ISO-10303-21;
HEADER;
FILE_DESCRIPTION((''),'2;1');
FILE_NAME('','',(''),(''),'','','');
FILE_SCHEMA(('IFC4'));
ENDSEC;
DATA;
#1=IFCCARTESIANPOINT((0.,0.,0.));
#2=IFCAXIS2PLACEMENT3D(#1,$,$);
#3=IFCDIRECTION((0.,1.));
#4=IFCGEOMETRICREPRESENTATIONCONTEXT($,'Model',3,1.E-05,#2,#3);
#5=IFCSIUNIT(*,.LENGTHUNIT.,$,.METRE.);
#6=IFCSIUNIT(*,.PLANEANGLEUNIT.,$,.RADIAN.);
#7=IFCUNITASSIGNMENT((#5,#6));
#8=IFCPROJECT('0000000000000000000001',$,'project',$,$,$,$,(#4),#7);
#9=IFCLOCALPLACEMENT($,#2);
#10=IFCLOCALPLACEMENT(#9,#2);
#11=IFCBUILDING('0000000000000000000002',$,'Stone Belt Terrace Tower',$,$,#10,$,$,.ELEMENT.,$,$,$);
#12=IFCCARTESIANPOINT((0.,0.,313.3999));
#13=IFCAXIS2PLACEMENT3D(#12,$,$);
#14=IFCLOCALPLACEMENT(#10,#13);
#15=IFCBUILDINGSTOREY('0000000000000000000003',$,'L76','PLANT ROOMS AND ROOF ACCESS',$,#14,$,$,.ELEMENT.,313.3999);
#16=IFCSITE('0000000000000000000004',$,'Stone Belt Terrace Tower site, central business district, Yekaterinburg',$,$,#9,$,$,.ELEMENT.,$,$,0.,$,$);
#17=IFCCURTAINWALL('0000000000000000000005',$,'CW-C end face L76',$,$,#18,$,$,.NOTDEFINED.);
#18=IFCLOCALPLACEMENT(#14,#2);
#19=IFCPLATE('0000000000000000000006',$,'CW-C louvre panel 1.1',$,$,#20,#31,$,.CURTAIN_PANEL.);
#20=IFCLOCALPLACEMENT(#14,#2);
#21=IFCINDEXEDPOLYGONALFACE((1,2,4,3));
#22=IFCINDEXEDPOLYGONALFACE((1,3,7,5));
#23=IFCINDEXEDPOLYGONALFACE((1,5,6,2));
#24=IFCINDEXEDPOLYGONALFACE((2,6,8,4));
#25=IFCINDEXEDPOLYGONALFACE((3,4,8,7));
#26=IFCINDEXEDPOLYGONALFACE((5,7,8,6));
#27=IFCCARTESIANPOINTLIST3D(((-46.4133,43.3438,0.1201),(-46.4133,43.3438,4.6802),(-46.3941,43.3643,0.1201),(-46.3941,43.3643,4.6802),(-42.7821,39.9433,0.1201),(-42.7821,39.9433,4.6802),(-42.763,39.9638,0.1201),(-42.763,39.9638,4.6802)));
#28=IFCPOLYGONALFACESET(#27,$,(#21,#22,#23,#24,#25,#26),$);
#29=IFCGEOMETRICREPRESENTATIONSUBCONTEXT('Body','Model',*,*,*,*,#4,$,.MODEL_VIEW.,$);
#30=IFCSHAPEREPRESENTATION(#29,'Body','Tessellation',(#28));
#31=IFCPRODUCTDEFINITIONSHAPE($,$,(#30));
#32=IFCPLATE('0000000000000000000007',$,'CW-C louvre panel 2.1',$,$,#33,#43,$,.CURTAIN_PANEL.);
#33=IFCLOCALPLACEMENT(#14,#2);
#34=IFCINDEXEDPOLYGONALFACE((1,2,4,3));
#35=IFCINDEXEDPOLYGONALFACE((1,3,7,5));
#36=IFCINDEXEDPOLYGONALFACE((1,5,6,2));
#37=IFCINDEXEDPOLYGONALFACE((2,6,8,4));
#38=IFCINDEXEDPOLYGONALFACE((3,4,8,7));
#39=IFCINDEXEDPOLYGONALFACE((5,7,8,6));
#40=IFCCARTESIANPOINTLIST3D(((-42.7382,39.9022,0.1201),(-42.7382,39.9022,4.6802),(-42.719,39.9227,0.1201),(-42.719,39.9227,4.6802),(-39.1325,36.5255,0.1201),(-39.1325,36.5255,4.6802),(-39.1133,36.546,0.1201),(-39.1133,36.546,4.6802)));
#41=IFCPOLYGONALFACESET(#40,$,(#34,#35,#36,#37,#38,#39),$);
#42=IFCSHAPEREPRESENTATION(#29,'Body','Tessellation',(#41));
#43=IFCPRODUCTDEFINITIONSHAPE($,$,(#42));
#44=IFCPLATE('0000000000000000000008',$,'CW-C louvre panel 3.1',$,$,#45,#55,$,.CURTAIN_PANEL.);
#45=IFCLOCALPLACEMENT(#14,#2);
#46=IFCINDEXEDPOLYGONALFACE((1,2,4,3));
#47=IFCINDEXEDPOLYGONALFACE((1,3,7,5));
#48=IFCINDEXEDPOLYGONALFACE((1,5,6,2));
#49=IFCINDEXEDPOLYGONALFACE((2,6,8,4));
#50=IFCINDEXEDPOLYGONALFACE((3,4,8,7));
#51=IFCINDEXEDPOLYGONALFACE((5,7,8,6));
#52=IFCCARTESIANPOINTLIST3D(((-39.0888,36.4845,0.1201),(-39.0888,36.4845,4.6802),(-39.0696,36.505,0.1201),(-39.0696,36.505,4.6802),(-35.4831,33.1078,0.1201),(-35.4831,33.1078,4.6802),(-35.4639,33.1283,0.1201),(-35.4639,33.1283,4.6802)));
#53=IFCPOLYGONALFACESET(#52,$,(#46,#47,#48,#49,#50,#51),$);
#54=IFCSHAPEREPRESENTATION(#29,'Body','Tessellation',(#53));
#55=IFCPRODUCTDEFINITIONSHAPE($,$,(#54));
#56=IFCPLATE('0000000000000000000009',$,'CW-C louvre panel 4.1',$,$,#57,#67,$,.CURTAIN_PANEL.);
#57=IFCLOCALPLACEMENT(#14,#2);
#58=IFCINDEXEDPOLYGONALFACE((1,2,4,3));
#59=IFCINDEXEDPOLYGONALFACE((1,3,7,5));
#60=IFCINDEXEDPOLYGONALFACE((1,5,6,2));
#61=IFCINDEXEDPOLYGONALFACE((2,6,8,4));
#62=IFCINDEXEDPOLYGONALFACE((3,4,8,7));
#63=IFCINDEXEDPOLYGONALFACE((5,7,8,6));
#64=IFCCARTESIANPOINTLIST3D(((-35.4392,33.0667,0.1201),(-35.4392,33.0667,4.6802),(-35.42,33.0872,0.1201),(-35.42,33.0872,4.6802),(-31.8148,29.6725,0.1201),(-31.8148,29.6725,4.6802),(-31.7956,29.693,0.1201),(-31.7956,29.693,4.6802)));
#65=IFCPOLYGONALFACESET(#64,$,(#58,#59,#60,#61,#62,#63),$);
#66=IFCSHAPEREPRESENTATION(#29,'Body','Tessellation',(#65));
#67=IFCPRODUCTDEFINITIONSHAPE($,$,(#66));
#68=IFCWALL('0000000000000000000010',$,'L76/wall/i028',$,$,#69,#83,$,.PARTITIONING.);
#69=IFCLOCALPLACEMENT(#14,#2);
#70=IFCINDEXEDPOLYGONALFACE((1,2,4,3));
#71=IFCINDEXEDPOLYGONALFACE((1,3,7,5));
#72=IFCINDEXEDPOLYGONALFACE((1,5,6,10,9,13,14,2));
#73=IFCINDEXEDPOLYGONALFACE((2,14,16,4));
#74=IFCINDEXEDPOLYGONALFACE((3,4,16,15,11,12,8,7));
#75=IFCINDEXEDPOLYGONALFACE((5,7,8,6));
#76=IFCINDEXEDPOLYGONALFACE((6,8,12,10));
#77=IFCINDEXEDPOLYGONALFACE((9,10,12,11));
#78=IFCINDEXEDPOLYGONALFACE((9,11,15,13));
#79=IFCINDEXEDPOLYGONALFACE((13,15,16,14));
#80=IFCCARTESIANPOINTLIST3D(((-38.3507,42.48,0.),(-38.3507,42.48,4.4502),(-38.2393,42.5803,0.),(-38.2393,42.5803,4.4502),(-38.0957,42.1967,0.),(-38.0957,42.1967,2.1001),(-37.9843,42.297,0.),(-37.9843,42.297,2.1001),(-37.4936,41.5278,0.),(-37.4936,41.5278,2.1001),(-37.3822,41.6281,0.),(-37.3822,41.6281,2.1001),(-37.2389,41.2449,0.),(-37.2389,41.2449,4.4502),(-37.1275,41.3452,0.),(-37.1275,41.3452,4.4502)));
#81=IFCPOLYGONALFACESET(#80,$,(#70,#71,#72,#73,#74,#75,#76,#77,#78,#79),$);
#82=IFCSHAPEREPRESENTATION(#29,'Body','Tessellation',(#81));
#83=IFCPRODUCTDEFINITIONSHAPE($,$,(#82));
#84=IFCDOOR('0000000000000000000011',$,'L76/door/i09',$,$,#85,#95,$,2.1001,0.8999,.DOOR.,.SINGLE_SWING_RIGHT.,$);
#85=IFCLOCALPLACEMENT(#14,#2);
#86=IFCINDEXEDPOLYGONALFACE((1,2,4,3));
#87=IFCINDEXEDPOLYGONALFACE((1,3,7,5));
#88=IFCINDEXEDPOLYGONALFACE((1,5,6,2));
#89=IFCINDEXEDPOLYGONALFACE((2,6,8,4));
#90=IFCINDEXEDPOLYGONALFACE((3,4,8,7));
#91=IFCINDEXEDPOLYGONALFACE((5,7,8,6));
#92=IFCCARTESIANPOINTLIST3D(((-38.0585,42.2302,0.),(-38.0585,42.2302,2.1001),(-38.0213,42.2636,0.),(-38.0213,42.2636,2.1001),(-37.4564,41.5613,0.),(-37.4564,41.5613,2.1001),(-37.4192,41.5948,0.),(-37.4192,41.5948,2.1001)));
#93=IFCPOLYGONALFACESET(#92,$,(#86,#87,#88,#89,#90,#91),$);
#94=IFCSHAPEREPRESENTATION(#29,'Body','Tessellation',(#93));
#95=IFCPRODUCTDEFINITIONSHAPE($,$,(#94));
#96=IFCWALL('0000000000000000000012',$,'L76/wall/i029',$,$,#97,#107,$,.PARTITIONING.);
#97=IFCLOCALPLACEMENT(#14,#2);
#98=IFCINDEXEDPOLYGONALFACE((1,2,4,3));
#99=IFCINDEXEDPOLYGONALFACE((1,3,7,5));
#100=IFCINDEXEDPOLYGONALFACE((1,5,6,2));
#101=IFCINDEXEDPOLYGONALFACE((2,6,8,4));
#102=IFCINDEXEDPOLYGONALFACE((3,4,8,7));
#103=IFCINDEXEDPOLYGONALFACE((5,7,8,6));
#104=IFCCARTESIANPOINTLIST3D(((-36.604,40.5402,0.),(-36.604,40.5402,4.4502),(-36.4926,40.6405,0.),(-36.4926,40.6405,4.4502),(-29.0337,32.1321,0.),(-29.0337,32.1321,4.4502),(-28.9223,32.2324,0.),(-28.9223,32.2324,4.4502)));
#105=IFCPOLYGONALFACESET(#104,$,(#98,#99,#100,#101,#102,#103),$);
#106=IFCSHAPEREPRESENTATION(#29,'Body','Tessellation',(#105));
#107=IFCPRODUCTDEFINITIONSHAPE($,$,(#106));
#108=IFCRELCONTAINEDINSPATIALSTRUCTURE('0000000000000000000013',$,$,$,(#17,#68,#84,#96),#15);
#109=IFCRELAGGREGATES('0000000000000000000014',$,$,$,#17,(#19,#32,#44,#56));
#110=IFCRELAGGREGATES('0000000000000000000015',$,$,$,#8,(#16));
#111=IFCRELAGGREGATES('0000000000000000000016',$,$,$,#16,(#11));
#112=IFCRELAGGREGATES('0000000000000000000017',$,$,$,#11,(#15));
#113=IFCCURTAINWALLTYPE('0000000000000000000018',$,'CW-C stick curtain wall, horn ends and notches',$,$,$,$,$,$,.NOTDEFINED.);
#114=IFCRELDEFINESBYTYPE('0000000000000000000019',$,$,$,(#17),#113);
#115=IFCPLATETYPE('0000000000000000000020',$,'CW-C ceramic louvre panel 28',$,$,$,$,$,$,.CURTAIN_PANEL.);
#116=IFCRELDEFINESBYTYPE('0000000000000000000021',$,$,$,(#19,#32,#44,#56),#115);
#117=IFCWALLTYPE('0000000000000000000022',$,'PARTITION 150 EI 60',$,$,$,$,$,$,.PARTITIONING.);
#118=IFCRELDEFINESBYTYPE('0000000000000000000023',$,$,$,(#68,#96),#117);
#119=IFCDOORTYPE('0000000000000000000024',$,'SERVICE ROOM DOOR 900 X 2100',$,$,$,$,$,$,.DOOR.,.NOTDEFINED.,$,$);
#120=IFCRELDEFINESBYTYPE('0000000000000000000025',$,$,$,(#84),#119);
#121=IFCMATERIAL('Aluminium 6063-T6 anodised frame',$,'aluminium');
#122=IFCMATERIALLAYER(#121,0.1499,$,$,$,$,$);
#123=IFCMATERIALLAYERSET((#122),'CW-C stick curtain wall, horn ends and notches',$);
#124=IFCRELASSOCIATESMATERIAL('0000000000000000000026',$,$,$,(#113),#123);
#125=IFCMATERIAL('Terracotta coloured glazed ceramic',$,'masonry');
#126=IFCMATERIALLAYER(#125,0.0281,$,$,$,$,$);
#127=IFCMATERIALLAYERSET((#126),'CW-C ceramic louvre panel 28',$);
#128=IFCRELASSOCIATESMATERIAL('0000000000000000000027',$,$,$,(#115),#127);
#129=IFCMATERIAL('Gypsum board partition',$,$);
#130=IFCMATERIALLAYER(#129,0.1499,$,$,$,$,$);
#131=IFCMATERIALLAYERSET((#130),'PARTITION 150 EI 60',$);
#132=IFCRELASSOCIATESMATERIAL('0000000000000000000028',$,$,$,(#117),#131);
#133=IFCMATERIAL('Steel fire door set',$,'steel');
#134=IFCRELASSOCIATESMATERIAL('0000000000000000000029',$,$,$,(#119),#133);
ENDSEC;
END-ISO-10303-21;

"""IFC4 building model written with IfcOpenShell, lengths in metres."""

from ifc_helpers import new_model, si_unit, direction, frame, frame_2d, origin, origin_2d, place, context, subcontext, project, spatial, rectangle, extrude, material, layer, layer_set, type_object, element, fill, aggregate, save


model = new_model("IFC4")

# Units and contexts
model_context = context("Model", 3, precision=1e-05, world=origin(), true_north=direction((0.0, 1.0)))
body_context = subcontext(model_context, "Body", "Model", "MODEL_VIEW")
ifc_project = project(units=[si_unit("LENGTHUNIT", "METRE"), si_unit("PLANEANGLEUNIT", "RADIAN")], contexts=[model_context])

# Site, building, storey
site_placement = place(None, origin())
site = spatial("IfcSite", under=ifc_project, at=site_placement, Name="Stone Belt Terrace Tower site, central business district, Yekaterinburg", CompositionType="ELEMENT", RefElevation=0.0)
building_placement = place(site_placement, origin())
building = spatial("IfcBuilding", under=site, at=building_placement, Name="Stone Belt Terrace Tower", CompositionType="ELEMENT")
storey_placement = place(building_placement, frame((0.0, 0.0, 313.3999)))
storey = spatial("IfcBuildingStorey", under=building, at=storey_placement, Name="L76", Description="PLANT ROOMS AND ROOF ACCESS", CompositionType="ELEMENT", Elevation=313.3999)

# Shared definitions
ifc_material_1 = material(Name="Aluminium 6063-T6 anodised frame", Category="aluminium")
ifc_layer_1 = layer(ifc_material_1, 0.1499)
ifc_layer_set_1 = layer_set([ifc_layer_1], Name="CW-C stick curtain wall, horn ends and notches")
curtain_wall_type = type_object("IfcCurtainWallType", Name="CW-C stick curtain wall, horn ends and notches", PredefinedType="NOTDEFINED", material=ifc_layer_set_1)

# Curtain wall
curtain_wall_1_placement = place(storey_placement, origin())
curtain_wall_1 = element("IfcCurtainWall", 1, at=curtain_wall_1_placement, inside=storey, type_object=curtain_wall_type, Name="CW-C end face L76", PredefinedType="NOTDEFINED")

# Plates
ifc_material_2 = material(Name="Terracotta coloured glazed ceramic", Category="masonry")
ifc_layer_2 = layer(ifc_material_2, 0.0281)
ifc_layer_set_2 = layer_set([ifc_layer_2], Name="CW-C ceramic louvre panel 28")
plate_type = type_object("IfcPlateType", Name="CW-C ceramic louvre panel 28", PredefinedType="CURTAIN_PANEL", material=ifc_layer_set_2)
plate_1_placement = place(storey_placement, frame((-44.5881, 41.6538, 0.1201), z_axis=(0.0, 0.0, 1.0), x_axis=(0.729904, -0.683549, 0.0)))
plate_1 = element("IfcPlate", 2, at=plate_1_placement, type_object=plate_type, Name="CW-C louvre panel 1.1", PredefinedType="CURTAIN_PANEL", context=body_context, shape_type="SweptSolid", body=[
    extrude(rectangle(XDim=4.9749, YDim=0.0281, at=origin_2d()), origin(), (0.0, 0.0, 1.0), 4.5601),
])
plate_2_placement = place(storey_placement, frame((-40.9258, 38.2241, 0.1201), z_axis=(0.0, 0.0, 1.0), x_axis=(0.729904, -0.683549, 0.0)))
plate_2 = element("IfcPlate", 3, at=plate_2_placement, type_object=plate_type, Name="CW-C louvre panel 2.1", PredefinedType="CURTAIN_PANEL", context=body_context, shape_type="SweptSolid", body=[
    extrude(rectangle(XDim=4.9399, YDim=0.0281, at=origin_2d()), origin(), (0.0, 0.0, 1.0), 4.5601),
])
plate_3_placement = place(storey_placement, frame((-37.2764, 34.8064, 0.1201), z_axis=(0.0, 0.0, 1.0), x_axis=(0.729904, -0.683549, 0.0)))
plate_3 = element("IfcPlate", 4, at=plate_3_placement, type_object=plate_type, Name="CW-C louvre panel 3.1", PredefinedType="CURTAIN_PANEL", context=body_context, shape_type="SweptSolid", body=[
    extrude(rectangle(XDim=4.9399, YDim=0.0281, at=origin_2d()), origin(), (0.0, 0.0, 1.0), 4.5601),
])
plate_4_placement = place(storey_placement, frame((-33.6174, 31.3799, 0.1201), z_axis=(0.0, 0.0, 1.0), x_axis=(0.729904, -0.683549, 0.0)))
plate_4 = element("IfcPlate", 5, at=plate_4_placement, type_object=plate_type, Name="CW-C louvre panel 4.1", PredefinedType="CURTAIN_PANEL", context=body_context, shape_type="SweptSolid", body=[
    extrude(rectangle(XDim=4.9656, YDim=0.0281, at=origin_2d()), origin(), (0.0, 0.0, 1.0), 4.5601),
])
aggregate(curtain_wall_1, [plate_1, plate_2, plate_3, plate_4])

# Wall, opening, door
ifc_material_3 = material(Name="Gypsum board partition")
ifc_layer_3 = layer(ifc_material_3, 0.1499)
ifc_layer_set_3 = layer_set([ifc_layer_3], Name="PARTITION 150 EI 60")
wall_type = type_object("IfcWallType", Name="PARTITION 150 EI 60", PredefinedType="PARTITIONING", material=ifc_layer_set_3)
wall_1_placement = place(storey_placement, frame((-37.1831, 41.2949, 0.0), z_axis=(0.0, 0.0, 1.0), x_axis=(-0.669038, 0.743228, 0.0)))
wall_1 = element("IfcWall", 6, at=wall_1_placement, inside=storey, type_object=wall_type, Name="L76/wall/i028", PredefinedType="PARTITIONING", context=body_context, shape_type="SweptSolid", body=[
    extrude(rectangle(XDim=1.6619, YDim=0.1499, at=frame_2d((0.8311, 0.0))), origin(), (0.0, 0.0, 1.0), 4.4502),
])
opening_placement = place(wall_1_placement, frame((0.3809, 0.0, 0.0)))
opening = element("IfcOpeningElement", 7, at=opening_placement, cuts=wall_1, PredefinedType="OPENING", context=body_context, shape_type="SweptSolid", body=[
    extrude(rectangle(XDim=0.8999, YDim=2.1001, at=frame_2d((0.45, 1.05))), frame((0.0, 0.085, 0.0), z_axis=(0.0, -1.0, 0.0), x_axis=(1.0, 0.0, 0.0)), (0.0, 0.0, 1.0), 0.1699),
])
ifc_material_4 = material(Name="Steel fire door set", Category="steel")
door_type = type_object("IfcDoorType", Name="SERVICE ROOM DOOR 900 X 2100", OperationType="NOTDEFINED", PredefinedType="DOOR", material=ifc_material_4)
door_placement = place(opening_placement, origin())
door = element("IfcDoor", 8, at=door_placement, inside=storey, type_object=door_type, Name="L76/door/i09", OperationType="SINGLE_SWING_RIGHT", OverallHeight=2.1001, OverallWidth=0.8999, PredefinedType="DOOR", context=body_context, shape_type="SweptSolid", body=[
    extrude(rectangle(XDim=0.8999, YDim=2.1001, at=frame_2d((0.45, 1.05))), frame((0.0, 0.0249, 0.0), z_axis=(0.0, -1.0, 0.0), x_axis=(1.0, 0.0, 0.0)), (0.0, 0.0, 1.0), 0.05),
])
fill(opening, door)

# Wall
wall_2_placement = place(storey_placement, frame((-36.5483, 40.5903, 0.0), z_axis=(0.0, 0.0, 1.0), x_axis=(0.669119, -0.743156, 0.0)))
element("IfcWall", 9, at=wall_2_placement, inside=storey, type_object=wall_type, Name="L76/wall/i029", PredefinedType="PARTITIONING", context=body_context, shape_type="SweptSolid", body=[
    extrude(rectangle(XDim=11.314, YDim=0.1499, at=frame_2d((5.657, 0.0))), origin(), (0.0, 0.0, 1.0), 4.4502),
])

save(model, "model.ifc")
